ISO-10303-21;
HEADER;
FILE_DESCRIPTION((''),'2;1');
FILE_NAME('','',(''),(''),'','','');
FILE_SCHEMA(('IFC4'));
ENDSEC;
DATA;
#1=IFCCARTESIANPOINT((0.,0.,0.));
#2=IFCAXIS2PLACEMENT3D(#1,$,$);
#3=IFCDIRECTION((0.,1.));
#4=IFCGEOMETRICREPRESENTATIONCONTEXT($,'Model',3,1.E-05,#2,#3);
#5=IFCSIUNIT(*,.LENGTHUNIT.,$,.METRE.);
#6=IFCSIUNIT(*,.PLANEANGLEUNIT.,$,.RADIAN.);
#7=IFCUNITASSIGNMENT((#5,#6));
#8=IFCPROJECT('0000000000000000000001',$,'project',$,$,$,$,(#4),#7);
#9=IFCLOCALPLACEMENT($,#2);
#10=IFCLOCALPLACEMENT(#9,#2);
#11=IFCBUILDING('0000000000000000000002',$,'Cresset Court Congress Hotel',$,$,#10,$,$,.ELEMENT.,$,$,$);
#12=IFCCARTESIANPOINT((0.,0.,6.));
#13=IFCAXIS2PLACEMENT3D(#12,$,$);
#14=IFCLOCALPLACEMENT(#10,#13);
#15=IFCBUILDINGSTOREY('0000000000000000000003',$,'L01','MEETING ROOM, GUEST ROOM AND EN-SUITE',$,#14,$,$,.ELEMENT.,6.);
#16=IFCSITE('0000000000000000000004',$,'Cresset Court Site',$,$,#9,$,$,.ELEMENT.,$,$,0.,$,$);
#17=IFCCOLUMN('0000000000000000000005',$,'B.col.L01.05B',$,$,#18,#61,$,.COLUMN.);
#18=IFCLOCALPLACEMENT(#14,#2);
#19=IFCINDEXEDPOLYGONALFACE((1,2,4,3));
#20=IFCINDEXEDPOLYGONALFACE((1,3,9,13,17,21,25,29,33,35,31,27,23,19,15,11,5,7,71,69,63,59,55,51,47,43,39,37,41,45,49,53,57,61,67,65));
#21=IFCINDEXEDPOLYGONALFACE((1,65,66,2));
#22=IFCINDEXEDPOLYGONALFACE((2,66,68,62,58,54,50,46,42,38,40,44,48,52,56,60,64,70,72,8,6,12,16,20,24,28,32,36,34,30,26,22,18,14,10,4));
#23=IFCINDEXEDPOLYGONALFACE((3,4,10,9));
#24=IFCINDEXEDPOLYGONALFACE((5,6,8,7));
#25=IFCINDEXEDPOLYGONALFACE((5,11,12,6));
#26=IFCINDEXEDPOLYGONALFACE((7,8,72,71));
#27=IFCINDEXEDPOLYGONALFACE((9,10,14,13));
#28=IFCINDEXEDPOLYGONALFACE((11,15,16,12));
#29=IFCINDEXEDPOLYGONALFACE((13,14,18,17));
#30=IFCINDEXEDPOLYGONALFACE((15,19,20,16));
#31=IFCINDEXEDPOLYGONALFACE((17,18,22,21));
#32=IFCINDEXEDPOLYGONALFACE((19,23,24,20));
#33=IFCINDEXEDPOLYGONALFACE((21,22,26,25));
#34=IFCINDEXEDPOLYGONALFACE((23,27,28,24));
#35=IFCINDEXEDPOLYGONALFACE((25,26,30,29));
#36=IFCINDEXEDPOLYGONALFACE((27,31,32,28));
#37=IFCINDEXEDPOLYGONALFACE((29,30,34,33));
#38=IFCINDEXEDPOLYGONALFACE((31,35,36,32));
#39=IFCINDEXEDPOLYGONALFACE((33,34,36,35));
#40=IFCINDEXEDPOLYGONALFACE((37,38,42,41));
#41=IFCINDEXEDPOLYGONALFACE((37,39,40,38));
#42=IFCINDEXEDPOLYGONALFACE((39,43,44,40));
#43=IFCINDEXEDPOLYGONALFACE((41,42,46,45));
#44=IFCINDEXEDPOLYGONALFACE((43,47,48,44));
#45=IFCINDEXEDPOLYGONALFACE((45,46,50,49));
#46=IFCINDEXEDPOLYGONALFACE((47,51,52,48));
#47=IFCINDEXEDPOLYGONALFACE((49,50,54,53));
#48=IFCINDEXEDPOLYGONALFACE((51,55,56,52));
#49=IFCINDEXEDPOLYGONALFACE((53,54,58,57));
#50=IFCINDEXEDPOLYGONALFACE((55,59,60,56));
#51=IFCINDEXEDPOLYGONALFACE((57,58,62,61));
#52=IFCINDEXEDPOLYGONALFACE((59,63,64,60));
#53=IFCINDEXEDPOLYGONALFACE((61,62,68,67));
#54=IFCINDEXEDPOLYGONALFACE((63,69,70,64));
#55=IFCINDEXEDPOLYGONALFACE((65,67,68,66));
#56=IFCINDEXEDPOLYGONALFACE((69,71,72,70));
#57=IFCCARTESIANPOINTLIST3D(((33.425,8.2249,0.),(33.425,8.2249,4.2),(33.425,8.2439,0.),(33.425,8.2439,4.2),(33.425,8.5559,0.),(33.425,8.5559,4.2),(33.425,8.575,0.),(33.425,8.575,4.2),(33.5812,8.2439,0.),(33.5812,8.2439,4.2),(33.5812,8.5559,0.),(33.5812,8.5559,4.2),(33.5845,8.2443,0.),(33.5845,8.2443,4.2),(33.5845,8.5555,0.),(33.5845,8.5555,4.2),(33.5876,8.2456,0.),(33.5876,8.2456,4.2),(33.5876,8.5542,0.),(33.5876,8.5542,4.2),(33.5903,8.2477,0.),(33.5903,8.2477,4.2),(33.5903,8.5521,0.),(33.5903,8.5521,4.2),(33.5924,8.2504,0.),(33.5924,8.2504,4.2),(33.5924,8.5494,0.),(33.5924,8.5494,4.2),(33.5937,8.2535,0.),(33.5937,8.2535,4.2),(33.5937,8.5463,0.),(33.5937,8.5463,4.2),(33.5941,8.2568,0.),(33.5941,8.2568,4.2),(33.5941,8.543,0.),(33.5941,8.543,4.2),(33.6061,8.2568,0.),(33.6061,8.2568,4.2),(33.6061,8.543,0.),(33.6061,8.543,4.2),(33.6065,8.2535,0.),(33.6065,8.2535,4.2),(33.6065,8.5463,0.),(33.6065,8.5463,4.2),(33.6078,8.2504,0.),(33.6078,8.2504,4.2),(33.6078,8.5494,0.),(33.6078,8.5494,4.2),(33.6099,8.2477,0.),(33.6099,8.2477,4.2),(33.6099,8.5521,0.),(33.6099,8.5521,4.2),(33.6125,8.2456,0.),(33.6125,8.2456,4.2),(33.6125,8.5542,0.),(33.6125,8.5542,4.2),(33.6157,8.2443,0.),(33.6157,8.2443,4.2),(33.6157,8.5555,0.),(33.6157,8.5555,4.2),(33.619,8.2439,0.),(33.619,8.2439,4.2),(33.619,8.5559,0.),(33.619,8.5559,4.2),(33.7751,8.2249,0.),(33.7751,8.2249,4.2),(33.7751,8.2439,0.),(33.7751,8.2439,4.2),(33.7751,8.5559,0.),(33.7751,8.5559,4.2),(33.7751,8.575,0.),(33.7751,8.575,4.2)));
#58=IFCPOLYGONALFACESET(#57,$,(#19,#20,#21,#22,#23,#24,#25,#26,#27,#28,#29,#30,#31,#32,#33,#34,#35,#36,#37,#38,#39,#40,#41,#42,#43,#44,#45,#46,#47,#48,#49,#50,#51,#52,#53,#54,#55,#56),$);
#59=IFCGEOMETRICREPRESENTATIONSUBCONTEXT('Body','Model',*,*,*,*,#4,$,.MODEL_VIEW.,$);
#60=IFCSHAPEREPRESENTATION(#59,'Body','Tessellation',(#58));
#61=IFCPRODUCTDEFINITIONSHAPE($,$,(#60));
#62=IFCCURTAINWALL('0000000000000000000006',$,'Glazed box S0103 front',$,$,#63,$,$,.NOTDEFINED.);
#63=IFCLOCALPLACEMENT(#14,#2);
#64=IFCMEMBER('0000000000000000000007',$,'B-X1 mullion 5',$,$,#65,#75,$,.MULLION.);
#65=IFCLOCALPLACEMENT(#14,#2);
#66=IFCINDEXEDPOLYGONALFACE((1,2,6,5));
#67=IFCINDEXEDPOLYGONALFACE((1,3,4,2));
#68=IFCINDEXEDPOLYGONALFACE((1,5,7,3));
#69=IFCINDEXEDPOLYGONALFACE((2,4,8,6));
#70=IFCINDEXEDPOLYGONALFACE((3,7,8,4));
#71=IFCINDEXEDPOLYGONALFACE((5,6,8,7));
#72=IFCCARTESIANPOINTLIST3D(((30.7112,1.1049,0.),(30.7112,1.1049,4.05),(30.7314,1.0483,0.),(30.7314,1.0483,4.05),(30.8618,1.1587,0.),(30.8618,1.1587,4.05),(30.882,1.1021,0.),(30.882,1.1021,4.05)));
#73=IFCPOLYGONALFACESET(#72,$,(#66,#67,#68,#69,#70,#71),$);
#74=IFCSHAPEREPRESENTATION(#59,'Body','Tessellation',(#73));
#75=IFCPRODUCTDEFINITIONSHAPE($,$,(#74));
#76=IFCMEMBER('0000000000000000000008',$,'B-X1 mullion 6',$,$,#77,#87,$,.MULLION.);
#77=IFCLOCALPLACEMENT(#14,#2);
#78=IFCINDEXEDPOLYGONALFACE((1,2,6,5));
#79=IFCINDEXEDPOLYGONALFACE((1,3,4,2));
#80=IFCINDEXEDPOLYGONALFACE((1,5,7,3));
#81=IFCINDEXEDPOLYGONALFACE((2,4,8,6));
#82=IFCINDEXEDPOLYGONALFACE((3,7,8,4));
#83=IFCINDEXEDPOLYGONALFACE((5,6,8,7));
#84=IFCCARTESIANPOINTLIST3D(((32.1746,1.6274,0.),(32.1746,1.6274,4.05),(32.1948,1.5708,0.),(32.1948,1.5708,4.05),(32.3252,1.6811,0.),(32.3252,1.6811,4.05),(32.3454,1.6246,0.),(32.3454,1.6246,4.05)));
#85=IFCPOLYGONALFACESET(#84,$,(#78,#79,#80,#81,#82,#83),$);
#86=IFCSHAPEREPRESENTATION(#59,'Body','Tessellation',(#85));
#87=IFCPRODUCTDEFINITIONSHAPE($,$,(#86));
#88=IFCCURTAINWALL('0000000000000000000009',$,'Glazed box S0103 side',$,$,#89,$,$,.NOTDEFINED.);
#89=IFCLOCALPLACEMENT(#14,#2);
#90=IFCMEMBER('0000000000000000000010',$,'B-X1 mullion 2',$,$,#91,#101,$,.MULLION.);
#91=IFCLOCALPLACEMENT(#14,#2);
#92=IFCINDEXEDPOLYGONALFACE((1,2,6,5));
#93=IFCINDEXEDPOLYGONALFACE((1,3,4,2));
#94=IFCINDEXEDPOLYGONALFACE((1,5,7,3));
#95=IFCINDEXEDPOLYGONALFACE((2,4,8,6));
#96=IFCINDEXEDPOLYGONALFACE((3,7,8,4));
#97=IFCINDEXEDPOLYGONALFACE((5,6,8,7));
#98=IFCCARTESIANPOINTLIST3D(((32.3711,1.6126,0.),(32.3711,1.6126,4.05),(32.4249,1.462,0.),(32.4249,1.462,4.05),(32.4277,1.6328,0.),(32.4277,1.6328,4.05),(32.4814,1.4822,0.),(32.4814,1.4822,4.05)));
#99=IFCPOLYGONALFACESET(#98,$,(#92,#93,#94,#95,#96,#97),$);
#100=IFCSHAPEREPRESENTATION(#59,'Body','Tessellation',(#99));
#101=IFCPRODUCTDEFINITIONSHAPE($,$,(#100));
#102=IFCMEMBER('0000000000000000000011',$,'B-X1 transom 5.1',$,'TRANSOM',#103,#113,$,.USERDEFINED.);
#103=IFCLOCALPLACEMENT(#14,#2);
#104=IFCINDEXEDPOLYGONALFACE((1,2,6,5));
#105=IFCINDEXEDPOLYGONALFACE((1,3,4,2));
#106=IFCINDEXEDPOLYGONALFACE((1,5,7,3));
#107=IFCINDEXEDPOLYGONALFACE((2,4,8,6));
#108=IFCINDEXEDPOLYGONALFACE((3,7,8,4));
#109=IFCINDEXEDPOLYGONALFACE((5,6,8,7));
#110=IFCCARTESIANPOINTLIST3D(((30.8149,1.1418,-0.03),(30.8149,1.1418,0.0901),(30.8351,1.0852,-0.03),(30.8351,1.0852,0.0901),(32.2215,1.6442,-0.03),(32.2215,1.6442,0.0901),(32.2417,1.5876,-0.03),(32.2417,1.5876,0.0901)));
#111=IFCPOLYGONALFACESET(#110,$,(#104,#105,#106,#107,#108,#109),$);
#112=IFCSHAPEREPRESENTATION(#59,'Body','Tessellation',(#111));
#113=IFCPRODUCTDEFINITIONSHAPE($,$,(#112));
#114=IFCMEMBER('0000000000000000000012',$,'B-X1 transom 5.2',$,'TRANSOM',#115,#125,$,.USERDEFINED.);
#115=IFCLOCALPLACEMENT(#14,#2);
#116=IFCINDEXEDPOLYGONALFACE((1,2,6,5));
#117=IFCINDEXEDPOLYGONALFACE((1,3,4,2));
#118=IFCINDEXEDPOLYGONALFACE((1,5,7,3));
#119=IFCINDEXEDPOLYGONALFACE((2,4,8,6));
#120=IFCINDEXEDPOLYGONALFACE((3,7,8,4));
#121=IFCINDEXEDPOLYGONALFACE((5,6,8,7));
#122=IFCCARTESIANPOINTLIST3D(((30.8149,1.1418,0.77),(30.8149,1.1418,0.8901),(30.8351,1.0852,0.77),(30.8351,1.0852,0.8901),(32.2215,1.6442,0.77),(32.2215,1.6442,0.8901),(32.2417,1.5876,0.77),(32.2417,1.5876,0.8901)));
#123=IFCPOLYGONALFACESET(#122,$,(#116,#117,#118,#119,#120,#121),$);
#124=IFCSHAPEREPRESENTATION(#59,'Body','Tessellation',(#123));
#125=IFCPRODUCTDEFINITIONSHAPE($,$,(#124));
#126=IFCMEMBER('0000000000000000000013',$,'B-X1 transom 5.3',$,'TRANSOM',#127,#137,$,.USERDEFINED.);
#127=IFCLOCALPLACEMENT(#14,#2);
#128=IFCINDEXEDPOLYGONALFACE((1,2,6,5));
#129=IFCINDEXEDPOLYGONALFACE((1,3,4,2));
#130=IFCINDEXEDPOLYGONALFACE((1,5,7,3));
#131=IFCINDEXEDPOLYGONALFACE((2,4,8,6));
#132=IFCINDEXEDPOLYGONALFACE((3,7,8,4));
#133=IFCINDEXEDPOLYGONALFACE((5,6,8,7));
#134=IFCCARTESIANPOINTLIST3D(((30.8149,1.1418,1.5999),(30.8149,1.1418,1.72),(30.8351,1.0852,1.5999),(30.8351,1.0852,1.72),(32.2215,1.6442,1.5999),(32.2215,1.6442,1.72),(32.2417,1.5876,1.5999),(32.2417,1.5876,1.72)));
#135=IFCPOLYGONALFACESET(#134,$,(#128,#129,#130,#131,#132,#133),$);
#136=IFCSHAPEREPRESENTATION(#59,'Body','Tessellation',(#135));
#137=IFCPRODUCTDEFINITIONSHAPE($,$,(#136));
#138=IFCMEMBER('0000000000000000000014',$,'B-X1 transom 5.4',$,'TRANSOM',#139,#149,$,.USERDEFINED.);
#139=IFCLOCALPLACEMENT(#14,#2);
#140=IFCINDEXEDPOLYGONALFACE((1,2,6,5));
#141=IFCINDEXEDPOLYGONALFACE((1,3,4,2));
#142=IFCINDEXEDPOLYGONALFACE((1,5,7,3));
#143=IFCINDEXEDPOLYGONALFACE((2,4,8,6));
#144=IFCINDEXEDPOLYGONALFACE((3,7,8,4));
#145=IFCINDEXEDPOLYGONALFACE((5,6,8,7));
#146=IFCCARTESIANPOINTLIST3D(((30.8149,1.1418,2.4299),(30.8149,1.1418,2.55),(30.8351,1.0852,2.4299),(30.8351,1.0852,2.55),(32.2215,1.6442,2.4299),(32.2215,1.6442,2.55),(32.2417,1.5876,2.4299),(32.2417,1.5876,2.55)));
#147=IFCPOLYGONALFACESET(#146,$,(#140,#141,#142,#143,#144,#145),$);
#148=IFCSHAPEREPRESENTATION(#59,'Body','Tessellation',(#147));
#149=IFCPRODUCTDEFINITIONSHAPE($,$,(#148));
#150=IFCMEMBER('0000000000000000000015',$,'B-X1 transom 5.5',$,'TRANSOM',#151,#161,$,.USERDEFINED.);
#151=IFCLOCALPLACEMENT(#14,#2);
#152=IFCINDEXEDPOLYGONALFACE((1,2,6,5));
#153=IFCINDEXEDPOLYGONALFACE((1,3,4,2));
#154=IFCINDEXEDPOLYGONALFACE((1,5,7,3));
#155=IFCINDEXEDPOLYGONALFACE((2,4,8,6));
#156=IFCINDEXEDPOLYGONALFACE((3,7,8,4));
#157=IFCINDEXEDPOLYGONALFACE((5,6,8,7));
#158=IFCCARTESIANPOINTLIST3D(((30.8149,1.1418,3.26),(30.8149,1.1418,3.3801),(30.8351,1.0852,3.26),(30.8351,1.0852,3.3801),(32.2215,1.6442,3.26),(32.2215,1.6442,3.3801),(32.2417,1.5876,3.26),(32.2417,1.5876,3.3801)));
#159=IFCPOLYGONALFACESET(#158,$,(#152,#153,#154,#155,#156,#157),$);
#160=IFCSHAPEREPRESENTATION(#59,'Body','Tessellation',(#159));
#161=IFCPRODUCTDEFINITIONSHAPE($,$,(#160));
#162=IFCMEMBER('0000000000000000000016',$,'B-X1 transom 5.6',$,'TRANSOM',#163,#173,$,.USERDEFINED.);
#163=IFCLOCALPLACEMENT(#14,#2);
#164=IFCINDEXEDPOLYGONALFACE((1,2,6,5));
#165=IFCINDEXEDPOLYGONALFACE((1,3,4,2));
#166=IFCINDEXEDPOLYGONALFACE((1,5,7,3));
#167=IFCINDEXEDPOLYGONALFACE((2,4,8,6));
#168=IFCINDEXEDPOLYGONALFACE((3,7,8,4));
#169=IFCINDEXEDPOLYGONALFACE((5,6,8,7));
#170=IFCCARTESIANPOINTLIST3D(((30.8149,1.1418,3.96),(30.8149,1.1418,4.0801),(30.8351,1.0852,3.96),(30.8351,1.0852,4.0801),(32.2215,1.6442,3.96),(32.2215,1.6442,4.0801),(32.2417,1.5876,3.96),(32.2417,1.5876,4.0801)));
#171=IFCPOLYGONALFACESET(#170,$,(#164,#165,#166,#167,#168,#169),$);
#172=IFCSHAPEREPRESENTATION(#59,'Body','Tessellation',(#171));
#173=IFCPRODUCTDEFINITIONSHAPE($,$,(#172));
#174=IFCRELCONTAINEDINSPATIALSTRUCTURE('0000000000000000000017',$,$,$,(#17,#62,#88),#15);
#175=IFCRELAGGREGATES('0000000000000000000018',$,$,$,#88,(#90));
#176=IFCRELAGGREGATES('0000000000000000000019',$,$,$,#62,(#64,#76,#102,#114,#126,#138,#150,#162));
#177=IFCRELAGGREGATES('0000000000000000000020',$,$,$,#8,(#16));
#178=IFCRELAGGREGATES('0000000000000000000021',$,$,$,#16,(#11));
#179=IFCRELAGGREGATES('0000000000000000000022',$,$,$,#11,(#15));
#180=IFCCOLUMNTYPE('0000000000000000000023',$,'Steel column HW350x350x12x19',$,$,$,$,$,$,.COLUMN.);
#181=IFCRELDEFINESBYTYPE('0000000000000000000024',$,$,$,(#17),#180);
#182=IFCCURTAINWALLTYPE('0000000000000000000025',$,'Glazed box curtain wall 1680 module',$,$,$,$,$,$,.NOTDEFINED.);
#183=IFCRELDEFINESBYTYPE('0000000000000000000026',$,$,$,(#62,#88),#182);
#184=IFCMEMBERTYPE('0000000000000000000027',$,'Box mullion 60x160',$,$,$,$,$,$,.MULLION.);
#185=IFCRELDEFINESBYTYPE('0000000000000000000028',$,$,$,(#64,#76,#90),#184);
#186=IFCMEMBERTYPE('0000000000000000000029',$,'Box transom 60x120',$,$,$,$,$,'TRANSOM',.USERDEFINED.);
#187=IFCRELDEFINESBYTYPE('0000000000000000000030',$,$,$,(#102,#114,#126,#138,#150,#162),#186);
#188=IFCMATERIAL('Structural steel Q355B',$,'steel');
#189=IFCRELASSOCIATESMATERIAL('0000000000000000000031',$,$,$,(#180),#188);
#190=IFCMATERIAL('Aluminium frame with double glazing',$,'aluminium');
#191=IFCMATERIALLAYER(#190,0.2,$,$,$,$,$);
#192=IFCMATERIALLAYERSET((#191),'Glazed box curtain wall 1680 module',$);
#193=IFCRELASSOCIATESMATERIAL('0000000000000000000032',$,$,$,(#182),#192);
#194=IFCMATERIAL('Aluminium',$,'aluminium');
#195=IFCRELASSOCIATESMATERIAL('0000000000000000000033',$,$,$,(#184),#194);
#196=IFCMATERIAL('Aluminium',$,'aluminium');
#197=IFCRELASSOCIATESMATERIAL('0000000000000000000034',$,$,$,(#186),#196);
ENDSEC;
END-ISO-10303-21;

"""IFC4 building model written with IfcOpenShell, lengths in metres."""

from ifc_helpers import new_model, si_unit, direction, frame, origin, origin_2d, place, context, subcontext, project, spatial, rectangle, i_section, extrude, material, layer, layer_set, material_profile, profile_set, type_object, element, aggregate, save


model = new_model("IFC4")

# Units and contexts
model_context = context("Model", 3, precision=1e-05, world=origin(), true_north=direction((0.0, 1.0)))
body_context = subcontext(model_context, "Body", "Model", "MODEL_VIEW")
ifc_project = project(units=[si_unit("LENGTHUNIT", "METRE"), si_unit("PLANEANGLEUNIT", "RADIAN")], contexts=[model_context])

# Site, building, storey
site_placement = place(None, origin())
site = spatial("IfcSite", under=ifc_project, at=site_placement, Name="Cresset Court Site", CompositionType="ELEMENT", RefElevation=0.0)
building_placement = place(site_placement, origin())
building = spatial("IfcBuilding", under=site, at=building_placement, Name="Cresset Court Congress Hotel", CompositionType="ELEMENT")
storey_placement = place(building_placement, frame((0.0, 0.0, 6.0)))
storey = spatial("IfcBuildingStorey", under=building, at=storey_placement, Name="L01", Description="MEETING ROOM, GUEST ROOM AND EN-SUITE", CompositionType="ELEMENT", Elevation=6.0)

# Column
ifc_material_1 = material(Name="Structural steel Q355B", Category="steel")
ifc_material_profile_1 = material_profile(ifc_material_1, i_section(OverallWidth=0.3501, OverallDepth=0.3501, WebThickness=0.012, FlangeThickness=0.019, FilletRadius=0.0129, at=origin_2d()), Name="HW350x350x12x19")
ifc_profile_set_1 = profile_set([ifc_material_profile_1], Name="Structural steel Q355B")
column_type = type_object("IfcColumnType", Name="Steel column HW350x350x12x19", PredefinedType="COLUMN", material=ifc_profile_set_1)
column_placement = place(storey_placement, frame((33.6001, 8.3999, 0.0), z_axis=(0.0, 0.0, 1.0), x_axis=(1.0, 0.0, 0.0)))
element("IfcColumn", 1, at=column_placement, inside=storey, type_object=column_type, Name="B.col.L01.05B", PredefinedType="COLUMN", context=body_context, shape_type="SweptSolid", body=[
    extrude(i_section(OverallWidth=0.3501, OverallDepth=0.3501, WebThickness=0.012, FlangeThickness=0.019, FilletRadius=0.0129, at=origin_2d()), origin(), (0.0, 0.0, 1.0), 4.2),
])

# Curtain wall, members
ifc_material_2 = material(Name="Aluminium frame with double glazing", Category="aluminium")
ifc_layer_1 = layer(ifc_material_2, 0.2)
ifc_layer_set_1 = layer_set([ifc_layer_1], Name="Glazed box curtain wall 1680 module")
curtain_wall_type = type_object("IfcCurtainWallType", Name="Glazed box curtain wall 1680 module", PredefinedType="NOTDEFINED", material=ifc_layer_set_1)
curtain_wall_1_placement = place(storey_placement, origin())
curtain_wall_1 = element("IfcCurtainWall", 2, at=curtain_wall_1_placement, inside=storey, type_object=curtain_wall_type, Name="Glazed box S0103 front", PredefinedType="NOTDEFINED")
ifc_material_3 = material(Name="Aluminium", Category="aluminium")
ifc_material_profile_2 = material_profile(ifc_material_3, rectangle(XDim=0.0601, YDim=0.1599, at=origin_2d()), Name="Box mullion 60x160")
ifc_profile_set_2 = profile_set([ifc_material_profile_2], Name="Aluminium")
member_type_1 = type_object("IfcMemberType", Name="Box mullion 60x160", PredefinedType="MULLION", material=ifc_profile_set_2)
member_1_placement = place(storey_placement, frame((30.7966, 1.1035, 0.0), z_axis=(0.0, 0.0, 1.0), x_axis=(-0.336336, 0.941742, 0.0)))
member_1 = element("IfcMember", 3, at=member_1_placement, type_object=member_type_1, Name="B-X1 mullion 5", PredefinedType="MULLION", context=body_context, shape_type="SweptSolid", body=[
    extrude(rectangle(XDim=0.0601, YDim=0.1599, at=origin_2d()), origin(), (0.0, 0.0, 1.0), 4.05),
])
member_2_placement = place(storey_placement, frame((32.26, 1.626, 0.0), z_axis=(0.0, 0.0, 1.0), x_axis=(-0.336336, 0.941742, 0.0)))
member_2 = element("IfcMember", 4, at=member_2_placement, type_object=member_type_1, Name="B-X1 mullion 6", PredefinedType="MULLION", context=body_context, shape_type="SweptSolid", body=[
    extrude(rectangle(XDim=0.0601, YDim=0.1599, at=origin_2d()), origin(), (0.0, 0.0, 1.0), 4.05),
])

# Curtain wall, member
curtain_wall_2_placement = place(storey_placement, origin())
curtain_wall_2 = element("IfcCurtainWall", 5, at=curtain_wall_2_placement, inside=storey, type_object=curtain_wall_type, Name="Glazed box S0103 side", PredefinedType="NOTDEFINED")
member_3_placement = place(storey_placement, frame((32.4263, 1.5474, 0.0), z_axis=(0.0, 0.0, 1.0), x_axis=(-0.941742, -0.336336, 0.0)))
member_3 = element("IfcMember", 6, at=member_3_placement, type_object=member_type_1, Name="B-X1 mullion 2", PredefinedType="MULLION", context=body_context, shape_type="SweptSolid", body=[
    extrude(rectangle(XDim=0.0601, YDim=0.1599, at=origin_2d()), origin(), (0.0, 0.0, 1.0), 4.05),
])
aggregate(curtain_wall_2, [member_3])

# Members
ifc_material_4 = material(Name="Aluminium", Category="aluminium")
ifc_material_profile_3 = material_profile(ifc_material_4, rectangle(XDim=0.0601, YDim=0.1201, at=origin_2d()), Name="Box transom 60x120")
ifc_profile_set_3 = profile_set([ifc_material_profile_3], Name="Aluminium")
member_type_2 = type_object("IfcMemberType", Name="Box transom 60x120", ElementType="TRANSOM", PredefinedType="USERDEFINED", material=ifc_profile_set_3)
member_4_placement = place(storey_placement, frame((30.825, 1.1135, 0.03), z_axis=(0.941735, 0.336357, 0.0), x_axis=(-0.336357, 0.941735, 0.0)))
member_4 = element("IfcMember", 7, at=member_4_placement, type_object=member_type_2, Name="B-X1 transom 5.1", ObjectType="TRANSOM", PredefinedType="USERDEFINED", context=body_context, shape_type="SweptSolid", body=[
    extrude(rectangle(XDim=0.0601, YDim=0.1201, at=origin_2d()), origin(), (0.0, 0.0, 1.0), 1.4937),
])
member_5_placement = place(storey_placement, frame((30.825, 1.1135, 0.8301), z_axis=(0.941735, 0.336357, 0.0), x_axis=(-0.336357, 0.941735, 0.0)))
member_5 = element("IfcMember", 8, at=member_5_placement, type_object=member_type_2, Name="B-X1 transom 5.2", ObjectType="TRANSOM", PredefinedType="USERDEFINED", context=body_context, shape_type="SweptSolid", body=[
    extrude(rectangle(XDim=0.0601, YDim=0.1201, at=origin_2d()), origin(), (0.0, 0.0, 1.0), 1.4937),
])
member_6_placement = place(storey_placement, frame((30.825, 1.1135, 1.6599), z_axis=(0.941735, 0.336357, 0.0), x_axis=(-0.336357, 0.941735, 0.0)))
member_6 = element("IfcMember", 9, at=member_6_placement, type_object=member_type_2, Name="B-X1 transom 5.3", ObjectType="TRANSOM", PredefinedType="USERDEFINED", context=body_context, shape_type="SweptSolid", body=[
    extrude(rectangle(XDim=0.0601, YDim=0.1201, at=origin_2d()), origin(), (0.0, 0.0, 1.0), 1.4937),
])
member_7_placement = place(storey_placement, frame((30.825, 1.1135, 2.49), z_axis=(0.941735, 0.336357, 0.0), x_axis=(-0.336357, 0.941735, 0.0)))
member_7 = element("IfcMember", 10, at=member_7_placement, type_object=member_type_2, Name="B-X1 transom 5.4", ObjectType="TRANSOM", PredefinedType="USERDEFINED", context=body_context, shape_type="SweptSolid", body=[
    extrude(rectangle(XDim=0.0601, YDim=0.1201, at=origin_2d()), origin(), (0.0, 0.0, 1.0), 1.4937),
])
member_8_placement = place(storey_placement, frame((30.825, 1.1135, 3.3201), z_axis=(0.941735, 0.336357, 0.0), x_axis=(-0.336357, 0.941735, 0.0)))
member_8 = element("IfcMember", 11, at=member_8_placement, type_object=member_type_2, Name="B-X1 transom 5.5", ObjectType="TRANSOM", PredefinedType="USERDEFINED", context=body_context, shape_type="SweptSolid", body=[
    extrude(rectangle(XDim=0.0601, YDim=0.1201, at=origin_2d()), origin(), (0.0, 0.0, 1.0), 1.4937),
])
member_9_placement = place(storey_placement, frame((30.825, 1.1135, 4.02), z_axis=(0.941735, 0.336357, 0.0), x_axis=(-0.336357, 0.941735, 0.0)))
member_9 = element("IfcMember", 12, at=member_9_placement, type_object=member_type_2, Name="B-X1 transom 5.6", ObjectType="TRANSOM", PredefinedType="USERDEFINED", context=body_context, shape_type="SweptSolid", body=[
    extrude(rectangle(XDim=0.0601, YDim=0.1201, at=origin_2d()), origin(), (0.0, 0.0, 1.0), 1.4937),
])

aggregate(curtain_wall_1, [member_1, member_2, member_4, member_5, member_6, member_7, member_8, member_9])

save(model, "model.ifc")
